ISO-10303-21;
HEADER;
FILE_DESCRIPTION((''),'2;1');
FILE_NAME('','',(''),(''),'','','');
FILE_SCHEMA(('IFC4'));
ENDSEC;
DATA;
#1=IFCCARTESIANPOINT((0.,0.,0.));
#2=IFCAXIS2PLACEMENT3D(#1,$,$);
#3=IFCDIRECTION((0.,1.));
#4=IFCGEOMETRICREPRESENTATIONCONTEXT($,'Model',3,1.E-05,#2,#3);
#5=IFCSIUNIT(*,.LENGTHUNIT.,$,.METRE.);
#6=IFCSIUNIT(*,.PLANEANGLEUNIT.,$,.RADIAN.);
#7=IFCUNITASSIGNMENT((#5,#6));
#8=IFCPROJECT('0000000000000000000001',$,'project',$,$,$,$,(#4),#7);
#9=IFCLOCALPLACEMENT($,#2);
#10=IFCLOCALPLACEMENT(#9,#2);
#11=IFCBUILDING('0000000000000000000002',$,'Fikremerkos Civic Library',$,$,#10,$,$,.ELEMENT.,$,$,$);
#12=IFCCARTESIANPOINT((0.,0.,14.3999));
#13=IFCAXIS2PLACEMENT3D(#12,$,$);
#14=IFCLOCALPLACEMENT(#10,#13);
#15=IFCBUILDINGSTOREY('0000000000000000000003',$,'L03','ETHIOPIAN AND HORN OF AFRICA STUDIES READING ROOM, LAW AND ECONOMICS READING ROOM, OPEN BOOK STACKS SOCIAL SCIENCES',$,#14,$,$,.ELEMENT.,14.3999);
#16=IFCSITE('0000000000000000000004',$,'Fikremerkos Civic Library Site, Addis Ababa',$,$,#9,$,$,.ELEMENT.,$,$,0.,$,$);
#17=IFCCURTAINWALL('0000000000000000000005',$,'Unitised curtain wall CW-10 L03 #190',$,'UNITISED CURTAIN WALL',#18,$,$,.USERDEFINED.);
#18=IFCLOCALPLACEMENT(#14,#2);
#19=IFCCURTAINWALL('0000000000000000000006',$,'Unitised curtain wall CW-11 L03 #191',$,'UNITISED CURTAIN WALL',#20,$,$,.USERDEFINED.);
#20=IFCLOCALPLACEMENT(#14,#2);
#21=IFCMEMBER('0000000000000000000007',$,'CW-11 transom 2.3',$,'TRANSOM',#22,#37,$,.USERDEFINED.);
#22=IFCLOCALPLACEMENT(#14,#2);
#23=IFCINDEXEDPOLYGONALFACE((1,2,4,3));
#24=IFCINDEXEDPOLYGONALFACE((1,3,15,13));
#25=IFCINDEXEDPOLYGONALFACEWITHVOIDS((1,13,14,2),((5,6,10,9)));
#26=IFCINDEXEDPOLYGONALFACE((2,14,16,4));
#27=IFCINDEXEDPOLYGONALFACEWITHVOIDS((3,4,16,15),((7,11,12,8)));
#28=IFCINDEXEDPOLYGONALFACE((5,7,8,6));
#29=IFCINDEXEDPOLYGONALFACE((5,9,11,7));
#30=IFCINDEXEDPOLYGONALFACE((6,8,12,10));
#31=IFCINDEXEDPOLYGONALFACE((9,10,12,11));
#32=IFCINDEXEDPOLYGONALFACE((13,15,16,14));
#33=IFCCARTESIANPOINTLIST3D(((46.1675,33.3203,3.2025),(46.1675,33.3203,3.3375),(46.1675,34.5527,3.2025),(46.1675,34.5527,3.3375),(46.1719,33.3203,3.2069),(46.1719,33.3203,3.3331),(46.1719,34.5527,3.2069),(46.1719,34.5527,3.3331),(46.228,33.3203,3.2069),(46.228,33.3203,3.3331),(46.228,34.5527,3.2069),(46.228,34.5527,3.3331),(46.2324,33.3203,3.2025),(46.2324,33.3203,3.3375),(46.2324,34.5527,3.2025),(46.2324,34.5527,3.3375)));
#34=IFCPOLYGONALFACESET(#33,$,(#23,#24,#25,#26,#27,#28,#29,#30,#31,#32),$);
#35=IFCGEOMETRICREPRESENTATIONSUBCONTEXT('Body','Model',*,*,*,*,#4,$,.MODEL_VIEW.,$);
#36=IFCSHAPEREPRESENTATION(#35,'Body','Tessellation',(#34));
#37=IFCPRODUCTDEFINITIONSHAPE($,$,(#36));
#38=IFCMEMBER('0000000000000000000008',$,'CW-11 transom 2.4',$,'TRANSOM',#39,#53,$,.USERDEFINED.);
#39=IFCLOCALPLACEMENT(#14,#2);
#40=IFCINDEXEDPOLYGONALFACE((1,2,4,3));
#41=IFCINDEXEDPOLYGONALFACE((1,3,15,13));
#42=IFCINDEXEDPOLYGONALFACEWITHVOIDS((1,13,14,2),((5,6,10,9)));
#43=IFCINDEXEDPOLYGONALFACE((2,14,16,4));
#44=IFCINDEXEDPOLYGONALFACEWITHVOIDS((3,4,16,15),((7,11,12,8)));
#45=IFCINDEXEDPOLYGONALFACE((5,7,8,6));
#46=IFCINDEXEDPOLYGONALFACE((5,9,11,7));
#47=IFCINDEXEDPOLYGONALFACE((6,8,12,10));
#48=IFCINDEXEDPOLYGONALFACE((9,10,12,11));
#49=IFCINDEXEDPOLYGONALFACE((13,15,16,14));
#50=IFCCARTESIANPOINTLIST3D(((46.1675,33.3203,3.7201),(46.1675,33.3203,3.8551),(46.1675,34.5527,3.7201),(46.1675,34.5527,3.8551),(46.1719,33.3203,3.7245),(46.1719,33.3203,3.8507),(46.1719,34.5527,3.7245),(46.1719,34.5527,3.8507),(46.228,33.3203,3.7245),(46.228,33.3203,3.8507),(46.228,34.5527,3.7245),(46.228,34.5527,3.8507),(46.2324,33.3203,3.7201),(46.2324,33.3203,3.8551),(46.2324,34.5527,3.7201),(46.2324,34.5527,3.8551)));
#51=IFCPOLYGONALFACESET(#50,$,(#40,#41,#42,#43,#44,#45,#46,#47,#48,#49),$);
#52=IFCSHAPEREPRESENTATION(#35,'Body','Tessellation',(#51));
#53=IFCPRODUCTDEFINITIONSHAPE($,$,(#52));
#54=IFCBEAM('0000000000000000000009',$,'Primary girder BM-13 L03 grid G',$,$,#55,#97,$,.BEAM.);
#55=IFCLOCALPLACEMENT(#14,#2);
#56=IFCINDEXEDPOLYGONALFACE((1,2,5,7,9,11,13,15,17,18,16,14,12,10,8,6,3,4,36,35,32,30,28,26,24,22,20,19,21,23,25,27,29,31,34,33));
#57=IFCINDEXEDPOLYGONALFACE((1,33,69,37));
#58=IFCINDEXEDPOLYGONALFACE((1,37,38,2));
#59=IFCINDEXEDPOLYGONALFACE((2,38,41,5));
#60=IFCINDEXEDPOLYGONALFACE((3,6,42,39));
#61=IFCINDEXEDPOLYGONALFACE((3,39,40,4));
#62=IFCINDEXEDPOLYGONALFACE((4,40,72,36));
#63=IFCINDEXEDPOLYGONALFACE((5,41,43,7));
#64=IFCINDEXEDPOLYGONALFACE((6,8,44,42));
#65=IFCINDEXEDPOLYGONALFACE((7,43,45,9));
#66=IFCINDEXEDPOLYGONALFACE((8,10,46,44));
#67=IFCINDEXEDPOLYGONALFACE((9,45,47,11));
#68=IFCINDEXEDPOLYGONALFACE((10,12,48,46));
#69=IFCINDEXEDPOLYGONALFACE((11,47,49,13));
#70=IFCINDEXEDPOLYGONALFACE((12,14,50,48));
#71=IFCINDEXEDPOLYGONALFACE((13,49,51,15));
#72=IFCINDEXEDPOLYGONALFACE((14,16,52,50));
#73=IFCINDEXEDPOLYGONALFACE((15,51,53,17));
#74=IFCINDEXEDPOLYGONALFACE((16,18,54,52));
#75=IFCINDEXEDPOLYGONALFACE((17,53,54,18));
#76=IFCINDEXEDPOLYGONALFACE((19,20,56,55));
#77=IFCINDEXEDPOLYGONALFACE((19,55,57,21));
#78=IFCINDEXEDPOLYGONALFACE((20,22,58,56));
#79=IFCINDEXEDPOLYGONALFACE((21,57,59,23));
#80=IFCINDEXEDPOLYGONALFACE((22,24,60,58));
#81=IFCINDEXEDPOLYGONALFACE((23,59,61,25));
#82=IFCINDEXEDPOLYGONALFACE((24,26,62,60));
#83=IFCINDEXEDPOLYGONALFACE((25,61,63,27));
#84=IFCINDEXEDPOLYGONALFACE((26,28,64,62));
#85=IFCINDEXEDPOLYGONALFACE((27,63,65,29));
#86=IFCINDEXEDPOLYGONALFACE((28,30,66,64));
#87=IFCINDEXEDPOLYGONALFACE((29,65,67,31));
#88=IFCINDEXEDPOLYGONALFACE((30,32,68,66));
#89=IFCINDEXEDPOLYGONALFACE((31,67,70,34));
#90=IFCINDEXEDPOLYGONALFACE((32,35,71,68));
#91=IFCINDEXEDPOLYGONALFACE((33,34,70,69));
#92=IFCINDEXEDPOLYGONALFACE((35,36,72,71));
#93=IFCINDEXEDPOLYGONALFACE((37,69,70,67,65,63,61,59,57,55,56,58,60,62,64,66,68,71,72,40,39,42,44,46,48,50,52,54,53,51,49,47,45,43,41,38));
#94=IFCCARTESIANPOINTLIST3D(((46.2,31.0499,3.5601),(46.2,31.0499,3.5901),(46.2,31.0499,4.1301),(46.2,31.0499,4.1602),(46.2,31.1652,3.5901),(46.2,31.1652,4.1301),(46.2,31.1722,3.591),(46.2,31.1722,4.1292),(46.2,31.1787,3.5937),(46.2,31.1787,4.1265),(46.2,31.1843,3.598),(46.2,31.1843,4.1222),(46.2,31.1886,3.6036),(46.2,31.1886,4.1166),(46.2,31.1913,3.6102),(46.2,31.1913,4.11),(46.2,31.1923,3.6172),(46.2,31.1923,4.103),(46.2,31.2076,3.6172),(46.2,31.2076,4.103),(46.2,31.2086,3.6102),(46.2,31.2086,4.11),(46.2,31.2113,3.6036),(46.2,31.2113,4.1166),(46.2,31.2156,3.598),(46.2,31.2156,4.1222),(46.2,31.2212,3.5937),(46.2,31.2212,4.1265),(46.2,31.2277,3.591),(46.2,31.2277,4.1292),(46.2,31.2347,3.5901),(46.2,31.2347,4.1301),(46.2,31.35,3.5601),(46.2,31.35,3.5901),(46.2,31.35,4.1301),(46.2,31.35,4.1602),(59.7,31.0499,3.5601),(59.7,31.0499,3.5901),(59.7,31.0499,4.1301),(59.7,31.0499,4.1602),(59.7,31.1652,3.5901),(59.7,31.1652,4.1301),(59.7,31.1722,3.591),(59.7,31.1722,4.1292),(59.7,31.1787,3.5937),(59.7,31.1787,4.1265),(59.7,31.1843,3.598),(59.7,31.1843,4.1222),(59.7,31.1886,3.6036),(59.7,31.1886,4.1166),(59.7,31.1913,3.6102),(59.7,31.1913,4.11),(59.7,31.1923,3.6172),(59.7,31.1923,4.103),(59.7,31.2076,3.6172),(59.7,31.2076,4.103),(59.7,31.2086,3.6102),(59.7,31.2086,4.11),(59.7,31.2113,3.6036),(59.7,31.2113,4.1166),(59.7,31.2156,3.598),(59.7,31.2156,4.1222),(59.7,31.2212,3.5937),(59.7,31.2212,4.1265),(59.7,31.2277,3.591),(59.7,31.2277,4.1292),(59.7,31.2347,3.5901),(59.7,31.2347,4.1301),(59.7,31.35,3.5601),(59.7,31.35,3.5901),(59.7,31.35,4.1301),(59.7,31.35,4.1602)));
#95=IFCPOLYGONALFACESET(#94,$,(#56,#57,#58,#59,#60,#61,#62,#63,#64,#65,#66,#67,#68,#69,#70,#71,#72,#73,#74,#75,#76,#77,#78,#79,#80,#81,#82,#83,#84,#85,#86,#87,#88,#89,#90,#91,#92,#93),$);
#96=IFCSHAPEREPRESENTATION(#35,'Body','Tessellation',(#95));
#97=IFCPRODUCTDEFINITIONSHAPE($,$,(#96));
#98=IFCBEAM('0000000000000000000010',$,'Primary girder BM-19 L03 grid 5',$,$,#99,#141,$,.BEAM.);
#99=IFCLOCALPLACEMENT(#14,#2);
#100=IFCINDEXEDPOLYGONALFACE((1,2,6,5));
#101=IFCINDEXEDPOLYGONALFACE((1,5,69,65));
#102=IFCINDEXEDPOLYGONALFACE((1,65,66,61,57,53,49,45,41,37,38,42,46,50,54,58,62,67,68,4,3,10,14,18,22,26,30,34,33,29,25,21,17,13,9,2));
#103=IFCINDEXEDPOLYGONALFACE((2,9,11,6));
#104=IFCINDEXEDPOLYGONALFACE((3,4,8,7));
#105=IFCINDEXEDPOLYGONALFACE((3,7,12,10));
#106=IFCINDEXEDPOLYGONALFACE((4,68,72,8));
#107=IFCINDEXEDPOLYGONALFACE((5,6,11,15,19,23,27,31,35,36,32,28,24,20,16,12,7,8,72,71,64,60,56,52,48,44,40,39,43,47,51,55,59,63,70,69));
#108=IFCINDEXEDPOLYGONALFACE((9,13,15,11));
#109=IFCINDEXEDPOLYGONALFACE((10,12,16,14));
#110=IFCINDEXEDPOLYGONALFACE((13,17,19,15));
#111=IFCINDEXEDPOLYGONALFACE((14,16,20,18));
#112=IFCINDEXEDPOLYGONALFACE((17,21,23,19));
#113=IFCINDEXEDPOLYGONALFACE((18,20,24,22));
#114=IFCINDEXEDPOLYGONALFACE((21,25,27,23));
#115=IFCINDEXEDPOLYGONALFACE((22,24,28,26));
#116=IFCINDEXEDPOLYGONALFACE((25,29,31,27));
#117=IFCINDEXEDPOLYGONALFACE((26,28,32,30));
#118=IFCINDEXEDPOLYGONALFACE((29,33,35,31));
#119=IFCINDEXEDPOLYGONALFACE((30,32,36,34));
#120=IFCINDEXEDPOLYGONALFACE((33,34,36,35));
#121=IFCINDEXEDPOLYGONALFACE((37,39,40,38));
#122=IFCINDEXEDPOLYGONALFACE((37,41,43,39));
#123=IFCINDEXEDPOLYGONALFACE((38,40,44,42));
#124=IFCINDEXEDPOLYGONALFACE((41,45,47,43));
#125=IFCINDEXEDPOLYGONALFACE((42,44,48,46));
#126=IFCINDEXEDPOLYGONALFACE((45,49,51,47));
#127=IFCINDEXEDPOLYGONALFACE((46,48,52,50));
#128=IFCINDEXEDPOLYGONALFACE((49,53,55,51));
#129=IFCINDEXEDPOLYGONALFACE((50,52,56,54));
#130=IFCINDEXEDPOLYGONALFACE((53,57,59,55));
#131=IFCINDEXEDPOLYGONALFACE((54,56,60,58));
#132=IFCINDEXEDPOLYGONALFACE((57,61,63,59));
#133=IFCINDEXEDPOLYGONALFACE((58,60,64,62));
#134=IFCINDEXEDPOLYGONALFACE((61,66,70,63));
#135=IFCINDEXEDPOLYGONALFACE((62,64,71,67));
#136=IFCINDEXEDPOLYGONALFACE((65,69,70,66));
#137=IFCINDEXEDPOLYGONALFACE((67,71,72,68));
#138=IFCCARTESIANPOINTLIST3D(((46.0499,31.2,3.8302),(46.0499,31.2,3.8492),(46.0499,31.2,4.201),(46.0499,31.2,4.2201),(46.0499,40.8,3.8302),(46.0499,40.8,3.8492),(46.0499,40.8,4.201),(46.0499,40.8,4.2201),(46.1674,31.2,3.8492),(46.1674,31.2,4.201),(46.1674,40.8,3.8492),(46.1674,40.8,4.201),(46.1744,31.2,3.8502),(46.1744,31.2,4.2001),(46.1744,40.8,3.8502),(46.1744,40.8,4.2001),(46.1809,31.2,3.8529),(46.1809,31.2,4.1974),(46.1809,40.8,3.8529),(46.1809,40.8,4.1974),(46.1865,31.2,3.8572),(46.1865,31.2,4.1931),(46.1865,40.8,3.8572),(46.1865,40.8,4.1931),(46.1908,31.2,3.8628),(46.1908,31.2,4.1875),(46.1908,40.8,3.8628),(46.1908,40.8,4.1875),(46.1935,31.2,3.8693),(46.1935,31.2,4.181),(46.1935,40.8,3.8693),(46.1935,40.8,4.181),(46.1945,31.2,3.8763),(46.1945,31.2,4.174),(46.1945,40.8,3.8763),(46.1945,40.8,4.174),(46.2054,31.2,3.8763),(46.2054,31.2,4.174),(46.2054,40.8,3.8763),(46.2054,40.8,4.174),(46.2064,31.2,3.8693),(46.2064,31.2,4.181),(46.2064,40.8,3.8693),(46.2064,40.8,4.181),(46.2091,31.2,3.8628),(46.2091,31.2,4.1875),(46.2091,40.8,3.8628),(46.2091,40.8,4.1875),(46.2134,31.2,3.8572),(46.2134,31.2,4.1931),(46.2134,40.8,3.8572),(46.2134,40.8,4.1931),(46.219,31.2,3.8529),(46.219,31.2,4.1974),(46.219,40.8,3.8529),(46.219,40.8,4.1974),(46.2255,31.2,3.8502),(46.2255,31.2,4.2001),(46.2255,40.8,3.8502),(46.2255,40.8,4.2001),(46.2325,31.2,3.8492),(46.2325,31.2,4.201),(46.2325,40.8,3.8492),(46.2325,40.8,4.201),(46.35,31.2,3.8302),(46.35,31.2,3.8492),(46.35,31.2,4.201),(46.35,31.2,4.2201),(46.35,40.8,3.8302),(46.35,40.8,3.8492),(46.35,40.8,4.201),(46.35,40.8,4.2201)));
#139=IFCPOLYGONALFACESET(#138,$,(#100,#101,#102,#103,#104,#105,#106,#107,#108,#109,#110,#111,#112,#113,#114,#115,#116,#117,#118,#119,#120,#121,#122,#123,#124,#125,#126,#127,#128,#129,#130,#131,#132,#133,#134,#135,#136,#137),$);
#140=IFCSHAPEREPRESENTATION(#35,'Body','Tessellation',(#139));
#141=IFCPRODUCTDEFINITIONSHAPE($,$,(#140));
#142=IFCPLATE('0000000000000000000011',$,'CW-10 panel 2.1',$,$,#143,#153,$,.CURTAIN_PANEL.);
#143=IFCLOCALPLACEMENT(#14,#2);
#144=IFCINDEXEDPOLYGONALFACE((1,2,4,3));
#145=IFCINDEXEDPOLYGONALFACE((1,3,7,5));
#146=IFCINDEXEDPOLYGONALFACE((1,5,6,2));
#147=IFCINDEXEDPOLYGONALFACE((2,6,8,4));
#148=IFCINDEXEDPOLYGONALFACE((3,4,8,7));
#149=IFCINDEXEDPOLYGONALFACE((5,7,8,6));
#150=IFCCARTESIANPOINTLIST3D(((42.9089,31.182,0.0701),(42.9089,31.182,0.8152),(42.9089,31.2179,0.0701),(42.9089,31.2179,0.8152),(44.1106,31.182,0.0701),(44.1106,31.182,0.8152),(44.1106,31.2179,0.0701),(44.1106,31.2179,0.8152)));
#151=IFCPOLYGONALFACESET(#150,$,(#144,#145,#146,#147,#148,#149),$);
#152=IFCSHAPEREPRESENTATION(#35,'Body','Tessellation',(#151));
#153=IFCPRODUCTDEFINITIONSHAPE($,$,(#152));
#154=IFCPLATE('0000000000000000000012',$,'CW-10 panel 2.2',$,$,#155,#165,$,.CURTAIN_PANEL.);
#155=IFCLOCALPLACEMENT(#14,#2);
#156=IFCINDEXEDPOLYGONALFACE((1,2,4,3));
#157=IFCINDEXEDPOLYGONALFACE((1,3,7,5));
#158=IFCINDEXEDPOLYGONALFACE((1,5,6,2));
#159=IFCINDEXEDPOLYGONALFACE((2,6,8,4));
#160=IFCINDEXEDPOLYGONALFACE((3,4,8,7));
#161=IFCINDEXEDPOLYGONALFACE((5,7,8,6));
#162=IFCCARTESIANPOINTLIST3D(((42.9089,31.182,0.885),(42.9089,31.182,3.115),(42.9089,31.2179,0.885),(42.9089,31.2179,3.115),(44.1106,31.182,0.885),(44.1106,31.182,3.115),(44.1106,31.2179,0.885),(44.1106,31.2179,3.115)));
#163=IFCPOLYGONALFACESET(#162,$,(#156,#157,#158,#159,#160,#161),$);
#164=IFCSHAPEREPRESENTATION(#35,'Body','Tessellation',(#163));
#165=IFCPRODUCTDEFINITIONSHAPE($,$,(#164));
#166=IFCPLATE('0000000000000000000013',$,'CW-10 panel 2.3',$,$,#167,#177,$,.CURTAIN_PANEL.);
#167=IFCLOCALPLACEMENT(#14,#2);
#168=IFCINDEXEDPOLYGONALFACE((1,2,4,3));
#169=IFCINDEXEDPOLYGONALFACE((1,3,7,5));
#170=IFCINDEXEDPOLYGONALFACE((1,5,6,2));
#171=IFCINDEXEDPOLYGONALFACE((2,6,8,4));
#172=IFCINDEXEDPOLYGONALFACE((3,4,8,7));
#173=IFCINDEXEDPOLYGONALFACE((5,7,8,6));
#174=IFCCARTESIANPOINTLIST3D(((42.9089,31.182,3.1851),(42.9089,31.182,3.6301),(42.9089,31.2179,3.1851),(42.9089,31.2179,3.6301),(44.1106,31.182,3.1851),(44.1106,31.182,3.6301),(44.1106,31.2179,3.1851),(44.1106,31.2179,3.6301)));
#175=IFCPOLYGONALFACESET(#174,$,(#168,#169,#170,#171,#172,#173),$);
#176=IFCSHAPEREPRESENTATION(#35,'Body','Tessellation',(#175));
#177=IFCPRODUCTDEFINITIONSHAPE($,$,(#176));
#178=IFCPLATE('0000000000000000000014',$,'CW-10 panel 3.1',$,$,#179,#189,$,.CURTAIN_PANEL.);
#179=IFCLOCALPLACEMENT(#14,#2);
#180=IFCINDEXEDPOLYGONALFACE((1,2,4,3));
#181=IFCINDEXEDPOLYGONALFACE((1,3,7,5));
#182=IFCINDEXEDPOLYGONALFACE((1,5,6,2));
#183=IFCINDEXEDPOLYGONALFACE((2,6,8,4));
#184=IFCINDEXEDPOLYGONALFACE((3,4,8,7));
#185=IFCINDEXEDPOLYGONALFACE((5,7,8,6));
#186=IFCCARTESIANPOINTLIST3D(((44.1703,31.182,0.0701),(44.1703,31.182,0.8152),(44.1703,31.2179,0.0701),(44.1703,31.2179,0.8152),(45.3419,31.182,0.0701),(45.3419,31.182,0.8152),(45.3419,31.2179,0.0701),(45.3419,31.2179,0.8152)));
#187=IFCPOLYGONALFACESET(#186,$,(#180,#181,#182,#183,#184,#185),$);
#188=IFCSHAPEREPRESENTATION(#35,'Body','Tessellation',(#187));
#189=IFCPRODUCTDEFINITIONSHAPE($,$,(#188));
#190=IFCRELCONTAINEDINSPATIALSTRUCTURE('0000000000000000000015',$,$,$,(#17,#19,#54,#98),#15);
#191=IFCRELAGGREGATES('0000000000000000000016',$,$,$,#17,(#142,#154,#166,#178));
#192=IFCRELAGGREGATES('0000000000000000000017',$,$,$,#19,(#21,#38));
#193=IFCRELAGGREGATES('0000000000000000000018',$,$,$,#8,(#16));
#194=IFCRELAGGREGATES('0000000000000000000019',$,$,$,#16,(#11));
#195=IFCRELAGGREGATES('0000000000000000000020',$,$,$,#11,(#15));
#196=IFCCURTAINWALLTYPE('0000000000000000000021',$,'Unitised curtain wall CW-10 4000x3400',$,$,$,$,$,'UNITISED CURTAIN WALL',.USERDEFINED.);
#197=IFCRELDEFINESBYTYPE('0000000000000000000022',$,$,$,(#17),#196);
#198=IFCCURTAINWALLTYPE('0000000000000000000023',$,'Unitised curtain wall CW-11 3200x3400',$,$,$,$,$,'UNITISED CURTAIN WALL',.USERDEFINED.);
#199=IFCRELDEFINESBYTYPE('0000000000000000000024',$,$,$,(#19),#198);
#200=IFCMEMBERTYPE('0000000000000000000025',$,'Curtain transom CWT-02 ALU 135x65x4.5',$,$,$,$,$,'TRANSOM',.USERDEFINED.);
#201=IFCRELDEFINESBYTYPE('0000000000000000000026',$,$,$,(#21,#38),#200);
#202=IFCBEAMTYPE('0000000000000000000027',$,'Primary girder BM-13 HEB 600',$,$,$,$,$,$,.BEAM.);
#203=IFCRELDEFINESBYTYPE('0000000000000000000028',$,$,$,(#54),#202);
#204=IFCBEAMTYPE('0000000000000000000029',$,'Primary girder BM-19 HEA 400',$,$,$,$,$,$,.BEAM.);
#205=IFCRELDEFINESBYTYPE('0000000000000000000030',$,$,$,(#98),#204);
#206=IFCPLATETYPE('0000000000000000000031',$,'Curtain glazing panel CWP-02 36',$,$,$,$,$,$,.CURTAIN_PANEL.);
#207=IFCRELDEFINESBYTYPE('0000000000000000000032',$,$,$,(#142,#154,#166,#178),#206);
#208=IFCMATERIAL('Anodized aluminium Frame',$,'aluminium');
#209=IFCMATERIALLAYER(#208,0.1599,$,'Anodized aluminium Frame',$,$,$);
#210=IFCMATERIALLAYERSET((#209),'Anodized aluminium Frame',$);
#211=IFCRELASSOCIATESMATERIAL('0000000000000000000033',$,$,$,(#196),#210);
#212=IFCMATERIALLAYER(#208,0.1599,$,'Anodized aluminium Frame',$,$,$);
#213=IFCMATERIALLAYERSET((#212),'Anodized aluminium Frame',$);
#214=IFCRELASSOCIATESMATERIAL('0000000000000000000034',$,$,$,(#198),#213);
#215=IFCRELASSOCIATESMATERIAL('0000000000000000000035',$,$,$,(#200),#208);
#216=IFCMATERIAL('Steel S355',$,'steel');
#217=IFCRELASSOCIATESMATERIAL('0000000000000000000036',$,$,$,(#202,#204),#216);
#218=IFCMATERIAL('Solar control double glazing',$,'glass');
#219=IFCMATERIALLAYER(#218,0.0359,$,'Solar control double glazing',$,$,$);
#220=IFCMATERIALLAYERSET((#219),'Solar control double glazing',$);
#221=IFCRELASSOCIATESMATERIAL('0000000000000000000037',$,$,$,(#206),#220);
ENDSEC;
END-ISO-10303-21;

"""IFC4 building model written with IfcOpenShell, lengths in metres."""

from ifc_helpers import new_model, si_unit, direction, frame, origin, origin_2d, place, context, subcontext, project, spatial, rectangle, hollow_rectangle, i_section, extrude, material, layer, layer_set, material_profile, profile_set, type_object, element, aggregate, save


model = new_model("IFC4")

# Units and contexts
model_context = context("Model", 3, precision=1e-05, world=origin(), true_north=direction((0.0, 1.0)))
body_context = subcontext(model_context, "Body", "Model", "MODEL_VIEW")
ifc_project = project(units=[si_unit("LENGTHUNIT", "METRE"), si_unit("PLANEANGLEUNIT", "RADIAN")], contexts=[model_context])

# Site, building, storey
site_placement = place(None, origin())
site = spatial("IfcSite", under=ifc_project, at=site_placement, Name="Fikremerkos Civic Library Site, Addis Ababa", CompositionType="ELEMENT", RefElevation=0.0)
building_placement = place(site_placement, origin())
building = spatial("IfcBuilding", under=site, at=building_placement, Name="Fikremerkos Civic Library", CompositionType="ELEMENT")
storey_placement = place(building_placement, frame((0.0, 0.0, 14.3999)))
storey = spatial("IfcBuildingStorey", under=building, at=storey_placement, Name="L03", Description="ETHIOPIAN AND HORN OF AFRICA STUDIES READING ROOM, LAW AND ECONOMICS READING ROOM, OPEN BOOK STACKS SOCIAL SCIENCES", CompositionType="ELEMENT", Elevation=14.3999)

# Curtain walls
ifc_material_1 = material(Name="Anodized aluminium Frame", Category="aluminium")
ifc_layer_1 = layer(ifc_material_1, 0.1599, Name="Anodized aluminium Frame")
ifc_layer_set_1 = layer_set([ifc_layer_1], Name="Anodized aluminium Frame")
curtain_wall_type_1 = type_object("IfcCurtainWallType", Name="Unitised curtain wall CW-10 4000x3400", ElementType="UNITISED CURTAIN WALL", PredefinedType="USERDEFINED", material=ifc_layer_set_1)
curtain_wall_1_placement = place(storey_placement, origin())
curtain_wall_1 = element("IfcCurtainWall", 1, at=curtain_wall_1_placement, inside=storey, type_object=curtain_wall_type_1, Name="Unitised curtain wall CW-10 L03 #190", ObjectType="UNITISED CURTAIN WALL", PredefinedType="USERDEFINED")
ifc_layer_2 = layer(ifc_material_1, 0.1599, Name="Anodized aluminium Frame")
ifc_layer_set_2 = layer_set([ifc_layer_2], Name="Anodized aluminium Frame")
curtain_wall_type_2 = type_object("IfcCurtainWallType", Name="Unitised curtain wall CW-11 3200x3400", ElementType="UNITISED CURTAIN WALL", PredefinedType="USERDEFINED", material=ifc_layer_set_2)
curtain_wall_2_placement = place(storey_placement, origin())
curtain_wall_2 = element("IfcCurtainWall", 2, at=curtain_wall_2_placement, inside=storey, type_object=curtain_wall_type_2, Name="Unitised curtain wall CW-11 L03 #191", ObjectType="UNITISED CURTAIN WALL", PredefinedType="USERDEFINED")

# Members
ifc_material_profile_1 = material_profile(ifc_material_1, hollow_rectangle(XDim=0.0649, YDim=0.135, WallThickness=0.0044, at=origin_2d()), Name="ALU 135x65x4.5")
ifc_profile_set_1 = profile_set([ifc_material_profile_1], Name="Anodized aluminium Frame")
member_type_1 = type_object("IfcMemberType", Name="Curtain transom CWT-02 ALU 135x65x4.5", ElementType="TRANSOM", PredefinedType="USERDEFINED", material=ifc_profile_set_1)
member_1_placement = place(storey_placement, frame((46.2, 33.3203, 3.27), z_axis=(0.0, 1.0, 0.0), x_axis=(-1.0, 0.0, 0.0)))
member_1 = element("IfcMember", 3, at=member_1_placement, type_object=member_type_1, Name="CW-11 transom 2.3", ObjectType="TRANSOM", PredefinedType="USERDEFINED", context=body_context, shape_type="SweptSolid", body=[
    extrude(hollow_rectangle(XDim=0.0649, YDim=0.135, WallThickness=0.0044, at=origin_2d()), origin(), (0.0, 0.0, 1.0), 1.2324),
])
member_2_placement = place(storey_placement, frame((46.2, 33.3203, 3.7876), z_axis=(0.0, 1.0, 0.0), x_axis=(-1.0, 0.0, 0.0)))
member_2 = element("IfcMember", 4, at=member_2_placement, type_object=member_type_1, Name="CW-11 transom 2.4", ObjectType="TRANSOM", PredefinedType="USERDEFINED", context=body_context, shape_type="SweptSolid", body=[
    extrude(hollow_rectangle(XDim=0.0649, YDim=0.135, WallThickness=0.0044, at=origin_2d()), origin(), (0.0, 0.0, 1.0), 1.2324),
])

# Beams
ifc_material_2 = material(Name="Steel S355", Category="steel")
ifc_material_profile_2 = material_profile(ifc_material_2, i_section(OverallWidth=0.3, OverallDepth=0.6001, WebThickness=0.0154, FlangeThickness=0.03, FilletRadius=0.0271, at=origin_2d()), Name="HEB 600")
ifc_profile_set_2 = profile_set([ifc_material_profile_2], Name="Steel S355")
beam_type_1 = type_object("IfcBeamType", Name="Primary girder BM-13 HEB 600", PredefinedType="BEAM", material=ifc_profile_set_2)
beam_1_placement = place(storey_placement, frame((46.2, 31.2, 3.8601), z_axis=(1.0, 0.0, 0.0), x_axis=(0.0, 1.0, 0.0)))
element("IfcBeam", 5, at=beam_1_placement, inside=storey, type_object=beam_type_1, Name="Primary girder BM-13 L03 grid G", PredefinedType="BEAM", context=body_context, shape_type="SweptSolid", body=[
    extrude(i_section(OverallWidth=0.3, OverallDepth=0.6001, WebThickness=0.0154, FlangeThickness=0.03, FilletRadius=0.0271, at=origin_2d()), origin(), (0.0, 0.0, 1.0), 13.5),
])
ifc_material_profile_3 = material_profile(ifc_material_2, i_section(OverallWidth=0.3, OverallDepth=0.3899, WebThickness=0.011, FlangeThickness=0.019, FilletRadius=0.0271, at=origin_2d()), Name="HEA 400")
ifc_profile_set_3 = profile_set([ifc_material_profile_3], Name="Steel S355")
beam_type_2 = type_object("IfcBeamType", Name="Primary girder BM-19 HEA 400", PredefinedType="BEAM", material=ifc_profile_set_3)
beam_2_placement = place(storey_placement, frame((46.2, 31.2, 4.0251), z_axis=(0.0, 1.0, 0.0), x_axis=(-1.0, 0.0, 0.0)))
element("IfcBeam", 6, at=beam_2_placement, inside=storey, type_object=beam_type_2, Name="Primary girder BM-19 L03 grid 5", PredefinedType="BEAM", context=body_context, shape_type="SweptSolid", body=[
    extrude(i_section(OverallWidth=0.3, OverallDepth=0.3899, WebThickness=0.011, FlangeThickness=0.019, FilletRadius=0.0271, at=origin_2d()), origin(), (0.0, 0.0, 1.0), 9.6001),
])

# Plates
ifc_material_3 = material(Name="Solar control double glazing", Category="glass")
ifc_layer_3 = layer(ifc_material_3, 0.0359, Name="Solar control double glazing")
ifc_layer_set_3 = layer_set([ifc_layer_3], Name="Solar control double glazing")
plate_type_1 = type_object("IfcPlateType", Name="Curtain glazing panel CWP-02 36", PredefinedType="CURTAIN_PANEL", material=ifc_layer_set_3)
plate_1_placement = place(storey_placement, frame((43.5098, 31.2, 0.0701), z_axis=(0.0, 0.0, 1.0), x_axis=(1.0, 0.0, 0.0)))
plate_1 = element("IfcPlate", 7, at=plate_1_placement, type_object=plate_type_1, Name="CW-10 panel 2.1", PredefinedType="CURTAIN_PANEL", context=body_context, shape_type="SweptSolid", body=[
    extrude(rectangle(XDim=1.2017, YDim=0.0359, at=origin_2d()), origin(), (0.0, 0.0, 1.0), 0.7451),
])
plate_2_placement = place(storey_placement, frame((43.5098, 31.2, 0.885), z_axis=(0.0, 0.0, 1.0), x_axis=(1.0, 0.0, 0.0)))
plate_2 = element("IfcPlate", 8, at=plate_2_placement, type_object=plate_type_1, Name="CW-10 panel 2.2", PredefinedType="CURTAIN_PANEL", context=body_context, shape_type="SweptSolid", body=[
    extrude(rectangle(XDim=1.2017, YDim=0.0359, at=origin_2d()), origin(), (0.0, 0.0, 1.0), 2.23),
])
plate_3_placement = place(storey_placement, frame((43.5098, 31.2, 3.1851), z_axis=(0.0, 0.0, 1.0), x_axis=(1.0, 0.0, 0.0)))
plate_3 = element("IfcPlate", 9, at=plate_3_placement, type_object=plate_type_1, Name="CW-10 panel 2.3", PredefinedType="CURTAIN_PANEL", context=body_context, shape_type="SweptSolid", body=[
    extrude(rectangle(XDim=1.2017, YDim=0.0359, at=origin_2d()), origin(), (0.0, 0.0, 1.0), 0.4451),
])
plate_4_placement = place(storey_placement, frame((44.7561, 31.2, 0.0701), z_axis=(0.0, 0.0, 1.0), x_axis=(1.0, 0.0, 0.0)))
plate_4 = element("IfcPlate", 10, at=plate_4_placement, type_object=plate_type_1, Name="CW-10 panel 3.1", PredefinedType="CURTAIN_PANEL", context=body_context, shape_type="SweptSolid", body=[
    extrude(rectangle(XDim=1.1716, YDim=0.0359, at=origin_2d()), origin(), (0.0, 0.0, 1.0), 0.7451),
])
aggregate(curtain_wall_1, [plate_1, plate_2, plate_3, plate_4])
aggregate(curtain_wall_2, [member_1, member_2])

save(model, "model.ifc")
